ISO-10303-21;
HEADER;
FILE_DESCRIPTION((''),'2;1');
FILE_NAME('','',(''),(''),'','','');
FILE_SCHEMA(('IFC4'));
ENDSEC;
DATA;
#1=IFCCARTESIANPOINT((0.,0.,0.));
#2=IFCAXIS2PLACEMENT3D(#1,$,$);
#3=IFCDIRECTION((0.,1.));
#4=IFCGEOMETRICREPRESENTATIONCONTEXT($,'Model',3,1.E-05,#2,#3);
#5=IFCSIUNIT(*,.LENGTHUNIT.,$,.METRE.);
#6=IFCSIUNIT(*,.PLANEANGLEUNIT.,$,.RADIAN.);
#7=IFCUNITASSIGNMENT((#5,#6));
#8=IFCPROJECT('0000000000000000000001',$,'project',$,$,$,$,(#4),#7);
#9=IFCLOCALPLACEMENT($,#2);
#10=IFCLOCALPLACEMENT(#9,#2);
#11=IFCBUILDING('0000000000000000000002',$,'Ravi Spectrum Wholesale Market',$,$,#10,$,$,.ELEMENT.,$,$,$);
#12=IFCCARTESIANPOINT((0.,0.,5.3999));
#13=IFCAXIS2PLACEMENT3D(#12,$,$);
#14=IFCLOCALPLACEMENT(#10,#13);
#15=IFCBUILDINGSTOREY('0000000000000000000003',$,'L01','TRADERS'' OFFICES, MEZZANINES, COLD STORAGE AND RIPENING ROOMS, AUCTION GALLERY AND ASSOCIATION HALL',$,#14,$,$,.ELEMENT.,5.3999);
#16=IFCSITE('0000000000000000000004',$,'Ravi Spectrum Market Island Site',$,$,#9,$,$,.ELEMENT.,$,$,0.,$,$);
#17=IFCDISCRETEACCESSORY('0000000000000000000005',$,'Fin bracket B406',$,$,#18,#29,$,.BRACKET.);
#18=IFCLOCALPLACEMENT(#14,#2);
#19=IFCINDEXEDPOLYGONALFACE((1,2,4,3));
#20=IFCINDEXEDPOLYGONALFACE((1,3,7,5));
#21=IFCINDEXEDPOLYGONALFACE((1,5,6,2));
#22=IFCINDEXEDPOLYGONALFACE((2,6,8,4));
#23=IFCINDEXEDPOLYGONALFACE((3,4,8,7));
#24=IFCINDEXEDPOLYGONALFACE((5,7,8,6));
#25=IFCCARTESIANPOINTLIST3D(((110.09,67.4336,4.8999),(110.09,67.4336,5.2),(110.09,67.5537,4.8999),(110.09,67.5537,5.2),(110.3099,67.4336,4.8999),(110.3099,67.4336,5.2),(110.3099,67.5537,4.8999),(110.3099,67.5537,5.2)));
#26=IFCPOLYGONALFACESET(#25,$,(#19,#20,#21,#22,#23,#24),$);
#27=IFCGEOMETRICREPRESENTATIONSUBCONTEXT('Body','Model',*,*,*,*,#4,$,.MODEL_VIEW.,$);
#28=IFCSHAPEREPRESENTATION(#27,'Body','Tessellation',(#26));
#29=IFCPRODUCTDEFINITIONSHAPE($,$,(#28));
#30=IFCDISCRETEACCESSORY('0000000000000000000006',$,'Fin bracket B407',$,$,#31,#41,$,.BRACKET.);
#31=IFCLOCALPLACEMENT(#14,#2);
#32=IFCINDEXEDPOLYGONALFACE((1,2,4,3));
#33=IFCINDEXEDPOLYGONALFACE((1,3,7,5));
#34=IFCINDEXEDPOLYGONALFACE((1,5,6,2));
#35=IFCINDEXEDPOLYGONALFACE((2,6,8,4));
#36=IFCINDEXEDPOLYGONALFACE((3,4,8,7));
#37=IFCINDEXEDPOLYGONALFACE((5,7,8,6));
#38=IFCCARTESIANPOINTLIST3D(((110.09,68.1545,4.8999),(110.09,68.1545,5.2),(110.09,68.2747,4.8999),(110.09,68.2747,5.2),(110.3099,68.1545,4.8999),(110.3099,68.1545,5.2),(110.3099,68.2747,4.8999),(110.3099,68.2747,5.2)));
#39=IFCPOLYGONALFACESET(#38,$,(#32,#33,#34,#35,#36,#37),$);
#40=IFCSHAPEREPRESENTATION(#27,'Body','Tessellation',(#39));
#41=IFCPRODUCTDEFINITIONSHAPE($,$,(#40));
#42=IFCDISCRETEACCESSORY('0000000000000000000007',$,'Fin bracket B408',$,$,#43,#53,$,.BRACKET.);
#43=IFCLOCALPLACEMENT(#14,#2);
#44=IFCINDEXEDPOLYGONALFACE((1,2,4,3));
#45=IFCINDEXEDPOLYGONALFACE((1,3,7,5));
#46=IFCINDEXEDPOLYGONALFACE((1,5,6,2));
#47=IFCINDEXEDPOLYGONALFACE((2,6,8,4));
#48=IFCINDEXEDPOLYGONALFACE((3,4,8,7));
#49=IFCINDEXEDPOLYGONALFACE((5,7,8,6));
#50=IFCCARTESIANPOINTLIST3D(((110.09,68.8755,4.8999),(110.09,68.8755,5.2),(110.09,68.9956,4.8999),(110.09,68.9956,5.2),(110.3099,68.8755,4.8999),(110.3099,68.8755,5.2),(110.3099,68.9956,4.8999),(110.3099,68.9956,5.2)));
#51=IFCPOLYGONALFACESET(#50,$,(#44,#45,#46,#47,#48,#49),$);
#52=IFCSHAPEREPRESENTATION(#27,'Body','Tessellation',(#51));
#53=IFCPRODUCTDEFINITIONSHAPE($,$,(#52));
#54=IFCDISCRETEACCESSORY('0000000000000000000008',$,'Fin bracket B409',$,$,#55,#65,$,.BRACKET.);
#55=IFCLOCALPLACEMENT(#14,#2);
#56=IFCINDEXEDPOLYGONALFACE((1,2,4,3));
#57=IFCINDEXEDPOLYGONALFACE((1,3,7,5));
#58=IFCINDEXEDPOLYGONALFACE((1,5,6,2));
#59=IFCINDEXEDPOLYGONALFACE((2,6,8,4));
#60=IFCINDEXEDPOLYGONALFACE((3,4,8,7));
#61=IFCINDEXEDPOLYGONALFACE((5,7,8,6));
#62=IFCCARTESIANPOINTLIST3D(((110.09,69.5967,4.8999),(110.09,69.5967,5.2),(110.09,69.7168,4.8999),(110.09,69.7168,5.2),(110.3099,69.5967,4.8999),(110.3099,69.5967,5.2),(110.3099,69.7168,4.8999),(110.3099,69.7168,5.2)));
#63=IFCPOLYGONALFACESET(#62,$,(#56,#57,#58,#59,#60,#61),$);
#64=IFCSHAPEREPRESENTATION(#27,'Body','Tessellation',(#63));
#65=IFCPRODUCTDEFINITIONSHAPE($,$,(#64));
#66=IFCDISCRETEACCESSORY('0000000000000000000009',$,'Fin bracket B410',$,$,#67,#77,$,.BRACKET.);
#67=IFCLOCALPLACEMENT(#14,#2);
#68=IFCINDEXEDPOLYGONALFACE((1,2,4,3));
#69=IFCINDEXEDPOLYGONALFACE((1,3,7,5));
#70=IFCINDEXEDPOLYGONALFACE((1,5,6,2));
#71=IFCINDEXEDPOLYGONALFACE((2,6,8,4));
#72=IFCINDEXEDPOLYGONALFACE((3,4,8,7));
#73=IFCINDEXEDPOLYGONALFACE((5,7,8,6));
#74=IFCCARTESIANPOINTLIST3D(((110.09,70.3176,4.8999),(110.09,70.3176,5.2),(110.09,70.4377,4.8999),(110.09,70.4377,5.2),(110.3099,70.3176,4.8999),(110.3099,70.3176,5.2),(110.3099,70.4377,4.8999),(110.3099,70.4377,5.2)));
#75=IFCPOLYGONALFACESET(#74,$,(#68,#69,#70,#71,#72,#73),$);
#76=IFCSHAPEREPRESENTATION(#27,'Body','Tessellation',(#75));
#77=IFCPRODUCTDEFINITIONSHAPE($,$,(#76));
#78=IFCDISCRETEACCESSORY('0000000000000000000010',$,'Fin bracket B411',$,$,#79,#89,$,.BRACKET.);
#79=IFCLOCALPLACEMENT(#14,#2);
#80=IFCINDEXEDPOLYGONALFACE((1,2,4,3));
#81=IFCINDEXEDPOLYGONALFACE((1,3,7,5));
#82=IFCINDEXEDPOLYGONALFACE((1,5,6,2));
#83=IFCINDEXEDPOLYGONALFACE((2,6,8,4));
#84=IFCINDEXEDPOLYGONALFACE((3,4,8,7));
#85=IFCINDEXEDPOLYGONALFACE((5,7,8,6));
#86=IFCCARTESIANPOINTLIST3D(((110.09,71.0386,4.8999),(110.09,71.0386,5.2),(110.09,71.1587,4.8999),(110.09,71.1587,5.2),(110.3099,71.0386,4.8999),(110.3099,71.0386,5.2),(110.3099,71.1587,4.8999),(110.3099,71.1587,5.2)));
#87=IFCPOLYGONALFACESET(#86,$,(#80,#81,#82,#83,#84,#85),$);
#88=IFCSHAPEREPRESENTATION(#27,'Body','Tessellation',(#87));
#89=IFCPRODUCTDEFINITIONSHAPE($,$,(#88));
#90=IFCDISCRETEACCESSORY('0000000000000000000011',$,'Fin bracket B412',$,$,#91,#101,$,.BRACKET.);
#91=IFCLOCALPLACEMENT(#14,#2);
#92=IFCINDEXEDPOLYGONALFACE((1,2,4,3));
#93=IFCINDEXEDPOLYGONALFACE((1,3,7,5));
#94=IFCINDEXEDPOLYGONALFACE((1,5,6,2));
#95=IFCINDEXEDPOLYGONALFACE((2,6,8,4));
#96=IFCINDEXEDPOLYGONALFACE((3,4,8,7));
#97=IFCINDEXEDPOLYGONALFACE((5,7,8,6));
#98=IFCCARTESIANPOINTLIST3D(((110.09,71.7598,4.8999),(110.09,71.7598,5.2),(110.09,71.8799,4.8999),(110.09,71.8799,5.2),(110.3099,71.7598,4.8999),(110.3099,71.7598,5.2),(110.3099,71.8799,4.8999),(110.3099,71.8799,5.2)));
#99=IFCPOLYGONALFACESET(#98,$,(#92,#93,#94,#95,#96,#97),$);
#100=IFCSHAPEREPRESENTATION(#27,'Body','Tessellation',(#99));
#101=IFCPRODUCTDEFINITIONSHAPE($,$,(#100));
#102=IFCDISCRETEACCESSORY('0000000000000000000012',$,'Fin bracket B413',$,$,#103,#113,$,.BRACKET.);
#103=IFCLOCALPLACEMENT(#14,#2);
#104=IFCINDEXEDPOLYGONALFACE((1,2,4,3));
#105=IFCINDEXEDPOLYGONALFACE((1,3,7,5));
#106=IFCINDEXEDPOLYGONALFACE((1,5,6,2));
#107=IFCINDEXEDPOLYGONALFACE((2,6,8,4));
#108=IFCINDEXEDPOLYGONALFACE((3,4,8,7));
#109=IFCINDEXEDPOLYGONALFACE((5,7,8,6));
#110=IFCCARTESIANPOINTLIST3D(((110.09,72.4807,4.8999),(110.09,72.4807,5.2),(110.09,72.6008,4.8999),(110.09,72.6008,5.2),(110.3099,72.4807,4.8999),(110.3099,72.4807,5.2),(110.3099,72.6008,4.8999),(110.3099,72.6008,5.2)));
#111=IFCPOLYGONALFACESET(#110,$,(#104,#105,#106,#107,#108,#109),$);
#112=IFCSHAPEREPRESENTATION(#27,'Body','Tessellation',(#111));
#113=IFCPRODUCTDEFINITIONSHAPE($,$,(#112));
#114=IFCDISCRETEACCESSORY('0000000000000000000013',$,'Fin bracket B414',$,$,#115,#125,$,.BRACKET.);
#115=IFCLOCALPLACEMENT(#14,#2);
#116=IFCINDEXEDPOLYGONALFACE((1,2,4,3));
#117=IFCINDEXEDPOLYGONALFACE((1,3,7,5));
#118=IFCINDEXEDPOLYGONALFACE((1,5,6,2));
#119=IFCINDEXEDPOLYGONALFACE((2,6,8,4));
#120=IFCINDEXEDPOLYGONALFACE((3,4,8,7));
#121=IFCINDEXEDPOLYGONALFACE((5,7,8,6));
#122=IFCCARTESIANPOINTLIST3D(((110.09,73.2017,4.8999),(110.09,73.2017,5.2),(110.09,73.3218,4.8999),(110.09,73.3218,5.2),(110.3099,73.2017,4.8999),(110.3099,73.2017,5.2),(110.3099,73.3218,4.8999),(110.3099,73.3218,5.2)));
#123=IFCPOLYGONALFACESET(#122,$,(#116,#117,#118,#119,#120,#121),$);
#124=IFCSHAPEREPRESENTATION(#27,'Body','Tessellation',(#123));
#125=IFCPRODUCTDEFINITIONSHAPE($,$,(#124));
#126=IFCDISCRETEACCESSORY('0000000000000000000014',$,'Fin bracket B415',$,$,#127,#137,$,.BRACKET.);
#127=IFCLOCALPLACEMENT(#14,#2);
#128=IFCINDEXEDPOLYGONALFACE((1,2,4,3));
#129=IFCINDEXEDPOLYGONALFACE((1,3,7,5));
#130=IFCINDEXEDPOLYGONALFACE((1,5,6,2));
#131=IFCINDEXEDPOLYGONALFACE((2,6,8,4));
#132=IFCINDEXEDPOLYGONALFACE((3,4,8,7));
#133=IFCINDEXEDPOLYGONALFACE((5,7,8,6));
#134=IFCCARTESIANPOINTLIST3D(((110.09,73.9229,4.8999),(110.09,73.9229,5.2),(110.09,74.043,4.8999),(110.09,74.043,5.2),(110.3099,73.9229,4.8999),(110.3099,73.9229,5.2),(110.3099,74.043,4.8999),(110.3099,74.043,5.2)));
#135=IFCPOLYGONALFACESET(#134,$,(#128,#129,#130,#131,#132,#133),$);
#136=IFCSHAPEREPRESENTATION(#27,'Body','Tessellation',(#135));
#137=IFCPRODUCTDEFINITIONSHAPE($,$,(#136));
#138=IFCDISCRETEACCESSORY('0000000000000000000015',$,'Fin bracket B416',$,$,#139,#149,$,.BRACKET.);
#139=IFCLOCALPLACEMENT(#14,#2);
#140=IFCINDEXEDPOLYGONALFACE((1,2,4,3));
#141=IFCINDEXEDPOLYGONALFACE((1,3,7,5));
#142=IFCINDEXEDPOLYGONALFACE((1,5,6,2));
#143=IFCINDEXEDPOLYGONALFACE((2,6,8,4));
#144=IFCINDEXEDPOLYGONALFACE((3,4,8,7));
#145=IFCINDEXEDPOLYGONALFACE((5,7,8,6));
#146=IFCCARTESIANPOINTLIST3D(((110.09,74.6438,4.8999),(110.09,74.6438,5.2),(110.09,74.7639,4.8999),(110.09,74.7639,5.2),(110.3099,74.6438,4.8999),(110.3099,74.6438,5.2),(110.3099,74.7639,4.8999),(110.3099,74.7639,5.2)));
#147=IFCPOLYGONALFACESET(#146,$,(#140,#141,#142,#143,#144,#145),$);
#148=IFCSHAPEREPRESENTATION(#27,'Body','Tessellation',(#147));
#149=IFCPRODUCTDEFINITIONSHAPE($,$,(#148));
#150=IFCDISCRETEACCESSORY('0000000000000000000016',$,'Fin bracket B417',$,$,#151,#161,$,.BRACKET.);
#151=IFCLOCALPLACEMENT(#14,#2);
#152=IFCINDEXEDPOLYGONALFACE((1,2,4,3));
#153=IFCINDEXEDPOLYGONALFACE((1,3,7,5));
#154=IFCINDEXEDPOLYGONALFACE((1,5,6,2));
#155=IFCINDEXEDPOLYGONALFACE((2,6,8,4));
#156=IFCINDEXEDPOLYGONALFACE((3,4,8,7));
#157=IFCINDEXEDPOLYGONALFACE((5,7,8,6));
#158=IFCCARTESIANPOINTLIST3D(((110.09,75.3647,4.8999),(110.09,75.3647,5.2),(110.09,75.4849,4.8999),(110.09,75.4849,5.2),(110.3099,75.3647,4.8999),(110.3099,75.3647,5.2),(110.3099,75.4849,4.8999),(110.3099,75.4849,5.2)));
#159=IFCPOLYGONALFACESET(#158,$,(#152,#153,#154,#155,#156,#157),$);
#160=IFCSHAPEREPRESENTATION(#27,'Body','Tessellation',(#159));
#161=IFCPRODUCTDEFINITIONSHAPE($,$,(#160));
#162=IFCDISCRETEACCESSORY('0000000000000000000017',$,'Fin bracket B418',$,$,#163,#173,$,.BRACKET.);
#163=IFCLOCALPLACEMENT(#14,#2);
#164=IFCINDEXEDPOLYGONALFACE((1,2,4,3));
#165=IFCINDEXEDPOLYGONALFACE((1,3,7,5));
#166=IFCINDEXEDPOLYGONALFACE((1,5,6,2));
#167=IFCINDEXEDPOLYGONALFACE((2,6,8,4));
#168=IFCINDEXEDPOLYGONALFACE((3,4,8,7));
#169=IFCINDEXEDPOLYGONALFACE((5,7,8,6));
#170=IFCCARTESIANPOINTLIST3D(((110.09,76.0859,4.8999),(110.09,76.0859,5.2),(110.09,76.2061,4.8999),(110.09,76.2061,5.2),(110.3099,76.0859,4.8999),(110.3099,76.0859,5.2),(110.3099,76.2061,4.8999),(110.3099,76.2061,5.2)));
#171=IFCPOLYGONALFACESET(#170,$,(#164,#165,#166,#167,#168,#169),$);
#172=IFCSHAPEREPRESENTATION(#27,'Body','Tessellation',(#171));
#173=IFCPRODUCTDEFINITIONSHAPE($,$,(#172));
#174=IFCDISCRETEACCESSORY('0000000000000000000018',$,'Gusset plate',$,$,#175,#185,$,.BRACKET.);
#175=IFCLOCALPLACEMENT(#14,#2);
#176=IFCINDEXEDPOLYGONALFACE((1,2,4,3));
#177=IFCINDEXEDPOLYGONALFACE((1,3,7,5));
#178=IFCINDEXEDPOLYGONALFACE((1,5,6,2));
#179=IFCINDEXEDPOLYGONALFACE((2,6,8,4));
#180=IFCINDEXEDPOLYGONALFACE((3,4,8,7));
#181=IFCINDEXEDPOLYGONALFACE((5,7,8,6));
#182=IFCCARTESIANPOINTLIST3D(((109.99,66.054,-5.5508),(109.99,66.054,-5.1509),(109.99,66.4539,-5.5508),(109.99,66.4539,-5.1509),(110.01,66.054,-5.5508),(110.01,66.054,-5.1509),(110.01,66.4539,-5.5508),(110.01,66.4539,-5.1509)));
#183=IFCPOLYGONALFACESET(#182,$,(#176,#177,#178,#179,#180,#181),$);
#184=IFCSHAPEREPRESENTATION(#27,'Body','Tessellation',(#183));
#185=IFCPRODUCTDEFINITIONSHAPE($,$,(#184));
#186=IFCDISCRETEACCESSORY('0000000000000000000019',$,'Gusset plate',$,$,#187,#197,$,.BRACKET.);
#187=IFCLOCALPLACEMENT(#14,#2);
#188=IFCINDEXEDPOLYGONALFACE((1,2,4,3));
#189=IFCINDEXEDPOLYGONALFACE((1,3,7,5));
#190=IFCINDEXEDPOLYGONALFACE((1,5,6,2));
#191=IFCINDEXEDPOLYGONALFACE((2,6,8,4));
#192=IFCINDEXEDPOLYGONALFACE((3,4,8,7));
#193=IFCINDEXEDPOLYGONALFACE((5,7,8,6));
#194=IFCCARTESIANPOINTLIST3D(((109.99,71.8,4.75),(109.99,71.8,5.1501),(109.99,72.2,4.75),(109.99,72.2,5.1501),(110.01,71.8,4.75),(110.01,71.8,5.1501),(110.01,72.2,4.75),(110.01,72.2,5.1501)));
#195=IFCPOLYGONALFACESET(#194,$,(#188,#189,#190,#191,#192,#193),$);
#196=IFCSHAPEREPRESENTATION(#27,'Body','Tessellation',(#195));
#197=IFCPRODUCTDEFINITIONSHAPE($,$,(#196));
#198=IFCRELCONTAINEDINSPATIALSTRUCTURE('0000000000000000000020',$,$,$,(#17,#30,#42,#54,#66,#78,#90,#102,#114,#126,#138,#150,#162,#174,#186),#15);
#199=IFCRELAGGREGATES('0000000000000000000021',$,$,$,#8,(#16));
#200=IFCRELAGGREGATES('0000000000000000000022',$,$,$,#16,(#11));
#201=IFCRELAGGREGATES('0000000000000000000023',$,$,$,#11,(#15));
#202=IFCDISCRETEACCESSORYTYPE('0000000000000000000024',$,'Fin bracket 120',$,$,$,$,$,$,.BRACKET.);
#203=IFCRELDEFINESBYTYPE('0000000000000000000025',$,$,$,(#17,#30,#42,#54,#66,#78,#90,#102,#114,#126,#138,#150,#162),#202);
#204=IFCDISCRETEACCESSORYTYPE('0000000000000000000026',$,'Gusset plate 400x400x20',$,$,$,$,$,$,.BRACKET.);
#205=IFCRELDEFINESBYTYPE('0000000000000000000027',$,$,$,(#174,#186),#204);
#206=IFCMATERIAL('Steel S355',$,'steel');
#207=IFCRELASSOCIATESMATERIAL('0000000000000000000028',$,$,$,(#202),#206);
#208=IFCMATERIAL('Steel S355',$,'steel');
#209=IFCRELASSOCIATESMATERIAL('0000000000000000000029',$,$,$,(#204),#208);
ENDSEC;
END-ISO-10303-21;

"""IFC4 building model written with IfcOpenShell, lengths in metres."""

from ifc_helpers import new_model, si_unit, direction, frame, origin, origin_2d, place, context, subcontext, project, spatial, rectangle, extrude, material, material_profile, profile_set, type_object, element, save


model = new_model("IFC4")

# Units and contexts
model_context = context("Model", 3, precision=1e-05, world=origin(), true_north=direction((0.0, 1.0)))
body_context = subcontext(model_context, "Body", "Model", "MODEL_VIEW")
ifc_project = project(units=[si_unit("LENGTHUNIT", "METRE"), si_unit("PLANEANGLEUNIT", "RADIAN")], contexts=[model_context])

# Site, building, storey
site_placement = place(None, origin())
site = spatial("IfcSite", under=ifc_project, at=site_placement, Name="Ravi Spectrum Market Island Site", CompositionType="ELEMENT", RefElevation=0.0)
building_placement = place(site_placement, origin())
building = spatial("IfcBuilding", under=site, at=building_placement, Name="Ravi Spectrum Wholesale Market", CompositionType="ELEMENT")
storey_placement = place(building_placement, frame((0.0, 0.0, 5.3999)))
storey = spatial("IfcBuildingStorey", under=building, at=storey_placement, Name="L01", Description="TRADERS' OFFICES, MEZZANINES, COLD STORAGE AND RIPENING ROOMS, AUCTION GALLERY AND ASSOCIATION HALL", CompositionType="ELEMENT", Elevation=5.3999)

# Discrete accessories
ifc_material_1 = material(Name="Steel S355", Category="steel")
discrete_accessory_type_1 = type_object("IfcDiscreteAccessoryType", Name="Fin bracket 120", PredefinedType="BRACKET", material=ifc_material_1)
for number, where, z_axis, x_axis, name in (
    (1, (110.2, 67.4937, 4.8999), (0.0, 0.0, 1.0), (0.0, 1.0, 0.0), "Fin bracket B406"),
    (2, (110.2, 68.2146, 4.8999), (0.0, 0.0, 1.0), (0.0, 1.0, 0.0), "Fin bracket B407"),
    (3, (110.2, 68.9355, 4.8999), (0.0, 0.0, 1.0), (0.0, 1.0, 0.0), "Fin bracket B408"),
    (4, (110.2, 69.6567, 4.8999), (0.0, 0.0, 1.0), (0.0, 1.0, 0.0), "Fin bracket B409"),
    (5, (110.2, 70.3777, 4.8999), (0.0, 0.0, 1.0), (0.0, 1.0, 0.0), "Fin bracket B410"),
    (6, (110.2, 71.0986, 4.8999), (0.0, 0.0, 1.0), (0.0, 1.0, 0.0), "Fin bracket B411"),
    (7, (110.2, 71.8198, 4.8999), (0.0, 0.0, 1.0), (0.0, 1.0, 0.0), "Fin bracket B412"),
    (8, (110.2, 72.5408, 4.8999), (0.0, 0.0, 1.0), (0.0, 1.0, 0.0), "Fin bracket B413"),
    (9, (110.2, 73.2617, 4.8999), (0.0, 0.0, 1.0), (0.0, 1.0, 0.0), "Fin bracket B414"),
    (10, (110.2, 73.9829, 4.8999), (0.0, 0.0, 1.0), (0.0, 1.0, 0.0), "Fin bracket B415"),
    (11, (110.2, 74.7039, 4.8999), (0.0, 0.0, 1.0), (0.0, 1.0, 0.0), "Fin bracket B416"),
    (12, (110.2, 75.4248, 4.8999), (0.0, 0.0, 1.0), (0.0, 1.0, 0.0), "Fin bracket B417"),
    (13, (110.2, 76.146, 4.8999), (0.0, 0.0, 1.0), (0.0, 1.0, 0.0), "Fin bracket B418"),
):
    element("IfcDiscreteAccessory", number, at=place(storey_placement, frame(where, z_axis=z_axis, x_axis=x_axis)), inside=storey, type_object=discrete_accessory_type_1, Name=name, PredefinedType="BRACKET", context=body_context, shape_type="SweptSolid", body=[
        extrude(rectangle(XDim=0.1201, YDim=0.22, at=origin_2d()), origin(), (0.0, 0.0, 1.0), 0.3),
    ])
ifc_material_2 = material(Name="Steel S355", Category="steel")
ifc_material_profile_1 = material_profile(ifc_material_2, rectangle(XDim=0.3999, YDim=0.02, at=origin_2d()))
ifc_profile_set_1 = profile_set([ifc_material_profile_1], Name="Steel S355")
discrete_accessory_type_2 = type_object("IfcDiscreteAccessoryType", Name="Gusset plate 400x400x20", PredefinedType="BRACKET", material=ifc_profile_set_1)
discrete_accessory_1_placement = place(storey_placement, frame((110.0, 66.2539, -5.5508), z_axis=(0.0, 0.0, 1.0), x_axis=(0.0, 1.0, 0.0)))
element("IfcDiscreteAccessory", 14, at=discrete_accessory_1_placement, inside=storey, type_object=discrete_accessory_type_2, Name="Gusset plate", PredefinedType="BRACKET", context=body_context, shape_type="SweptSolid", body=[
    extrude(rectangle(XDim=0.3999, YDim=0.02, at=origin_2d()), origin(), (0.0, 0.0, 1.0), 0.3999),
])
discrete_accessory_2_placement = place(storey_placement, frame((110.0, 72.0, 4.75), z_axis=(0.0, 0.0, 1.0), x_axis=(0.0, 1.0, 0.0)))
element("IfcDiscreteAccessory", 15, at=discrete_accessory_2_placement, inside=storey, type_object=discrete_accessory_type_2, Name="Gusset plate", PredefinedType="BRACKET", context=body_context, shape_type="SweptSolid", body=[
    extrude(rectangle(XDim=0.3999, YDim=0.02, at=origin_2d()), origin(), (0.0, 0.0, 1.0), 0.4001),
])

save(model, "model.ifc")
